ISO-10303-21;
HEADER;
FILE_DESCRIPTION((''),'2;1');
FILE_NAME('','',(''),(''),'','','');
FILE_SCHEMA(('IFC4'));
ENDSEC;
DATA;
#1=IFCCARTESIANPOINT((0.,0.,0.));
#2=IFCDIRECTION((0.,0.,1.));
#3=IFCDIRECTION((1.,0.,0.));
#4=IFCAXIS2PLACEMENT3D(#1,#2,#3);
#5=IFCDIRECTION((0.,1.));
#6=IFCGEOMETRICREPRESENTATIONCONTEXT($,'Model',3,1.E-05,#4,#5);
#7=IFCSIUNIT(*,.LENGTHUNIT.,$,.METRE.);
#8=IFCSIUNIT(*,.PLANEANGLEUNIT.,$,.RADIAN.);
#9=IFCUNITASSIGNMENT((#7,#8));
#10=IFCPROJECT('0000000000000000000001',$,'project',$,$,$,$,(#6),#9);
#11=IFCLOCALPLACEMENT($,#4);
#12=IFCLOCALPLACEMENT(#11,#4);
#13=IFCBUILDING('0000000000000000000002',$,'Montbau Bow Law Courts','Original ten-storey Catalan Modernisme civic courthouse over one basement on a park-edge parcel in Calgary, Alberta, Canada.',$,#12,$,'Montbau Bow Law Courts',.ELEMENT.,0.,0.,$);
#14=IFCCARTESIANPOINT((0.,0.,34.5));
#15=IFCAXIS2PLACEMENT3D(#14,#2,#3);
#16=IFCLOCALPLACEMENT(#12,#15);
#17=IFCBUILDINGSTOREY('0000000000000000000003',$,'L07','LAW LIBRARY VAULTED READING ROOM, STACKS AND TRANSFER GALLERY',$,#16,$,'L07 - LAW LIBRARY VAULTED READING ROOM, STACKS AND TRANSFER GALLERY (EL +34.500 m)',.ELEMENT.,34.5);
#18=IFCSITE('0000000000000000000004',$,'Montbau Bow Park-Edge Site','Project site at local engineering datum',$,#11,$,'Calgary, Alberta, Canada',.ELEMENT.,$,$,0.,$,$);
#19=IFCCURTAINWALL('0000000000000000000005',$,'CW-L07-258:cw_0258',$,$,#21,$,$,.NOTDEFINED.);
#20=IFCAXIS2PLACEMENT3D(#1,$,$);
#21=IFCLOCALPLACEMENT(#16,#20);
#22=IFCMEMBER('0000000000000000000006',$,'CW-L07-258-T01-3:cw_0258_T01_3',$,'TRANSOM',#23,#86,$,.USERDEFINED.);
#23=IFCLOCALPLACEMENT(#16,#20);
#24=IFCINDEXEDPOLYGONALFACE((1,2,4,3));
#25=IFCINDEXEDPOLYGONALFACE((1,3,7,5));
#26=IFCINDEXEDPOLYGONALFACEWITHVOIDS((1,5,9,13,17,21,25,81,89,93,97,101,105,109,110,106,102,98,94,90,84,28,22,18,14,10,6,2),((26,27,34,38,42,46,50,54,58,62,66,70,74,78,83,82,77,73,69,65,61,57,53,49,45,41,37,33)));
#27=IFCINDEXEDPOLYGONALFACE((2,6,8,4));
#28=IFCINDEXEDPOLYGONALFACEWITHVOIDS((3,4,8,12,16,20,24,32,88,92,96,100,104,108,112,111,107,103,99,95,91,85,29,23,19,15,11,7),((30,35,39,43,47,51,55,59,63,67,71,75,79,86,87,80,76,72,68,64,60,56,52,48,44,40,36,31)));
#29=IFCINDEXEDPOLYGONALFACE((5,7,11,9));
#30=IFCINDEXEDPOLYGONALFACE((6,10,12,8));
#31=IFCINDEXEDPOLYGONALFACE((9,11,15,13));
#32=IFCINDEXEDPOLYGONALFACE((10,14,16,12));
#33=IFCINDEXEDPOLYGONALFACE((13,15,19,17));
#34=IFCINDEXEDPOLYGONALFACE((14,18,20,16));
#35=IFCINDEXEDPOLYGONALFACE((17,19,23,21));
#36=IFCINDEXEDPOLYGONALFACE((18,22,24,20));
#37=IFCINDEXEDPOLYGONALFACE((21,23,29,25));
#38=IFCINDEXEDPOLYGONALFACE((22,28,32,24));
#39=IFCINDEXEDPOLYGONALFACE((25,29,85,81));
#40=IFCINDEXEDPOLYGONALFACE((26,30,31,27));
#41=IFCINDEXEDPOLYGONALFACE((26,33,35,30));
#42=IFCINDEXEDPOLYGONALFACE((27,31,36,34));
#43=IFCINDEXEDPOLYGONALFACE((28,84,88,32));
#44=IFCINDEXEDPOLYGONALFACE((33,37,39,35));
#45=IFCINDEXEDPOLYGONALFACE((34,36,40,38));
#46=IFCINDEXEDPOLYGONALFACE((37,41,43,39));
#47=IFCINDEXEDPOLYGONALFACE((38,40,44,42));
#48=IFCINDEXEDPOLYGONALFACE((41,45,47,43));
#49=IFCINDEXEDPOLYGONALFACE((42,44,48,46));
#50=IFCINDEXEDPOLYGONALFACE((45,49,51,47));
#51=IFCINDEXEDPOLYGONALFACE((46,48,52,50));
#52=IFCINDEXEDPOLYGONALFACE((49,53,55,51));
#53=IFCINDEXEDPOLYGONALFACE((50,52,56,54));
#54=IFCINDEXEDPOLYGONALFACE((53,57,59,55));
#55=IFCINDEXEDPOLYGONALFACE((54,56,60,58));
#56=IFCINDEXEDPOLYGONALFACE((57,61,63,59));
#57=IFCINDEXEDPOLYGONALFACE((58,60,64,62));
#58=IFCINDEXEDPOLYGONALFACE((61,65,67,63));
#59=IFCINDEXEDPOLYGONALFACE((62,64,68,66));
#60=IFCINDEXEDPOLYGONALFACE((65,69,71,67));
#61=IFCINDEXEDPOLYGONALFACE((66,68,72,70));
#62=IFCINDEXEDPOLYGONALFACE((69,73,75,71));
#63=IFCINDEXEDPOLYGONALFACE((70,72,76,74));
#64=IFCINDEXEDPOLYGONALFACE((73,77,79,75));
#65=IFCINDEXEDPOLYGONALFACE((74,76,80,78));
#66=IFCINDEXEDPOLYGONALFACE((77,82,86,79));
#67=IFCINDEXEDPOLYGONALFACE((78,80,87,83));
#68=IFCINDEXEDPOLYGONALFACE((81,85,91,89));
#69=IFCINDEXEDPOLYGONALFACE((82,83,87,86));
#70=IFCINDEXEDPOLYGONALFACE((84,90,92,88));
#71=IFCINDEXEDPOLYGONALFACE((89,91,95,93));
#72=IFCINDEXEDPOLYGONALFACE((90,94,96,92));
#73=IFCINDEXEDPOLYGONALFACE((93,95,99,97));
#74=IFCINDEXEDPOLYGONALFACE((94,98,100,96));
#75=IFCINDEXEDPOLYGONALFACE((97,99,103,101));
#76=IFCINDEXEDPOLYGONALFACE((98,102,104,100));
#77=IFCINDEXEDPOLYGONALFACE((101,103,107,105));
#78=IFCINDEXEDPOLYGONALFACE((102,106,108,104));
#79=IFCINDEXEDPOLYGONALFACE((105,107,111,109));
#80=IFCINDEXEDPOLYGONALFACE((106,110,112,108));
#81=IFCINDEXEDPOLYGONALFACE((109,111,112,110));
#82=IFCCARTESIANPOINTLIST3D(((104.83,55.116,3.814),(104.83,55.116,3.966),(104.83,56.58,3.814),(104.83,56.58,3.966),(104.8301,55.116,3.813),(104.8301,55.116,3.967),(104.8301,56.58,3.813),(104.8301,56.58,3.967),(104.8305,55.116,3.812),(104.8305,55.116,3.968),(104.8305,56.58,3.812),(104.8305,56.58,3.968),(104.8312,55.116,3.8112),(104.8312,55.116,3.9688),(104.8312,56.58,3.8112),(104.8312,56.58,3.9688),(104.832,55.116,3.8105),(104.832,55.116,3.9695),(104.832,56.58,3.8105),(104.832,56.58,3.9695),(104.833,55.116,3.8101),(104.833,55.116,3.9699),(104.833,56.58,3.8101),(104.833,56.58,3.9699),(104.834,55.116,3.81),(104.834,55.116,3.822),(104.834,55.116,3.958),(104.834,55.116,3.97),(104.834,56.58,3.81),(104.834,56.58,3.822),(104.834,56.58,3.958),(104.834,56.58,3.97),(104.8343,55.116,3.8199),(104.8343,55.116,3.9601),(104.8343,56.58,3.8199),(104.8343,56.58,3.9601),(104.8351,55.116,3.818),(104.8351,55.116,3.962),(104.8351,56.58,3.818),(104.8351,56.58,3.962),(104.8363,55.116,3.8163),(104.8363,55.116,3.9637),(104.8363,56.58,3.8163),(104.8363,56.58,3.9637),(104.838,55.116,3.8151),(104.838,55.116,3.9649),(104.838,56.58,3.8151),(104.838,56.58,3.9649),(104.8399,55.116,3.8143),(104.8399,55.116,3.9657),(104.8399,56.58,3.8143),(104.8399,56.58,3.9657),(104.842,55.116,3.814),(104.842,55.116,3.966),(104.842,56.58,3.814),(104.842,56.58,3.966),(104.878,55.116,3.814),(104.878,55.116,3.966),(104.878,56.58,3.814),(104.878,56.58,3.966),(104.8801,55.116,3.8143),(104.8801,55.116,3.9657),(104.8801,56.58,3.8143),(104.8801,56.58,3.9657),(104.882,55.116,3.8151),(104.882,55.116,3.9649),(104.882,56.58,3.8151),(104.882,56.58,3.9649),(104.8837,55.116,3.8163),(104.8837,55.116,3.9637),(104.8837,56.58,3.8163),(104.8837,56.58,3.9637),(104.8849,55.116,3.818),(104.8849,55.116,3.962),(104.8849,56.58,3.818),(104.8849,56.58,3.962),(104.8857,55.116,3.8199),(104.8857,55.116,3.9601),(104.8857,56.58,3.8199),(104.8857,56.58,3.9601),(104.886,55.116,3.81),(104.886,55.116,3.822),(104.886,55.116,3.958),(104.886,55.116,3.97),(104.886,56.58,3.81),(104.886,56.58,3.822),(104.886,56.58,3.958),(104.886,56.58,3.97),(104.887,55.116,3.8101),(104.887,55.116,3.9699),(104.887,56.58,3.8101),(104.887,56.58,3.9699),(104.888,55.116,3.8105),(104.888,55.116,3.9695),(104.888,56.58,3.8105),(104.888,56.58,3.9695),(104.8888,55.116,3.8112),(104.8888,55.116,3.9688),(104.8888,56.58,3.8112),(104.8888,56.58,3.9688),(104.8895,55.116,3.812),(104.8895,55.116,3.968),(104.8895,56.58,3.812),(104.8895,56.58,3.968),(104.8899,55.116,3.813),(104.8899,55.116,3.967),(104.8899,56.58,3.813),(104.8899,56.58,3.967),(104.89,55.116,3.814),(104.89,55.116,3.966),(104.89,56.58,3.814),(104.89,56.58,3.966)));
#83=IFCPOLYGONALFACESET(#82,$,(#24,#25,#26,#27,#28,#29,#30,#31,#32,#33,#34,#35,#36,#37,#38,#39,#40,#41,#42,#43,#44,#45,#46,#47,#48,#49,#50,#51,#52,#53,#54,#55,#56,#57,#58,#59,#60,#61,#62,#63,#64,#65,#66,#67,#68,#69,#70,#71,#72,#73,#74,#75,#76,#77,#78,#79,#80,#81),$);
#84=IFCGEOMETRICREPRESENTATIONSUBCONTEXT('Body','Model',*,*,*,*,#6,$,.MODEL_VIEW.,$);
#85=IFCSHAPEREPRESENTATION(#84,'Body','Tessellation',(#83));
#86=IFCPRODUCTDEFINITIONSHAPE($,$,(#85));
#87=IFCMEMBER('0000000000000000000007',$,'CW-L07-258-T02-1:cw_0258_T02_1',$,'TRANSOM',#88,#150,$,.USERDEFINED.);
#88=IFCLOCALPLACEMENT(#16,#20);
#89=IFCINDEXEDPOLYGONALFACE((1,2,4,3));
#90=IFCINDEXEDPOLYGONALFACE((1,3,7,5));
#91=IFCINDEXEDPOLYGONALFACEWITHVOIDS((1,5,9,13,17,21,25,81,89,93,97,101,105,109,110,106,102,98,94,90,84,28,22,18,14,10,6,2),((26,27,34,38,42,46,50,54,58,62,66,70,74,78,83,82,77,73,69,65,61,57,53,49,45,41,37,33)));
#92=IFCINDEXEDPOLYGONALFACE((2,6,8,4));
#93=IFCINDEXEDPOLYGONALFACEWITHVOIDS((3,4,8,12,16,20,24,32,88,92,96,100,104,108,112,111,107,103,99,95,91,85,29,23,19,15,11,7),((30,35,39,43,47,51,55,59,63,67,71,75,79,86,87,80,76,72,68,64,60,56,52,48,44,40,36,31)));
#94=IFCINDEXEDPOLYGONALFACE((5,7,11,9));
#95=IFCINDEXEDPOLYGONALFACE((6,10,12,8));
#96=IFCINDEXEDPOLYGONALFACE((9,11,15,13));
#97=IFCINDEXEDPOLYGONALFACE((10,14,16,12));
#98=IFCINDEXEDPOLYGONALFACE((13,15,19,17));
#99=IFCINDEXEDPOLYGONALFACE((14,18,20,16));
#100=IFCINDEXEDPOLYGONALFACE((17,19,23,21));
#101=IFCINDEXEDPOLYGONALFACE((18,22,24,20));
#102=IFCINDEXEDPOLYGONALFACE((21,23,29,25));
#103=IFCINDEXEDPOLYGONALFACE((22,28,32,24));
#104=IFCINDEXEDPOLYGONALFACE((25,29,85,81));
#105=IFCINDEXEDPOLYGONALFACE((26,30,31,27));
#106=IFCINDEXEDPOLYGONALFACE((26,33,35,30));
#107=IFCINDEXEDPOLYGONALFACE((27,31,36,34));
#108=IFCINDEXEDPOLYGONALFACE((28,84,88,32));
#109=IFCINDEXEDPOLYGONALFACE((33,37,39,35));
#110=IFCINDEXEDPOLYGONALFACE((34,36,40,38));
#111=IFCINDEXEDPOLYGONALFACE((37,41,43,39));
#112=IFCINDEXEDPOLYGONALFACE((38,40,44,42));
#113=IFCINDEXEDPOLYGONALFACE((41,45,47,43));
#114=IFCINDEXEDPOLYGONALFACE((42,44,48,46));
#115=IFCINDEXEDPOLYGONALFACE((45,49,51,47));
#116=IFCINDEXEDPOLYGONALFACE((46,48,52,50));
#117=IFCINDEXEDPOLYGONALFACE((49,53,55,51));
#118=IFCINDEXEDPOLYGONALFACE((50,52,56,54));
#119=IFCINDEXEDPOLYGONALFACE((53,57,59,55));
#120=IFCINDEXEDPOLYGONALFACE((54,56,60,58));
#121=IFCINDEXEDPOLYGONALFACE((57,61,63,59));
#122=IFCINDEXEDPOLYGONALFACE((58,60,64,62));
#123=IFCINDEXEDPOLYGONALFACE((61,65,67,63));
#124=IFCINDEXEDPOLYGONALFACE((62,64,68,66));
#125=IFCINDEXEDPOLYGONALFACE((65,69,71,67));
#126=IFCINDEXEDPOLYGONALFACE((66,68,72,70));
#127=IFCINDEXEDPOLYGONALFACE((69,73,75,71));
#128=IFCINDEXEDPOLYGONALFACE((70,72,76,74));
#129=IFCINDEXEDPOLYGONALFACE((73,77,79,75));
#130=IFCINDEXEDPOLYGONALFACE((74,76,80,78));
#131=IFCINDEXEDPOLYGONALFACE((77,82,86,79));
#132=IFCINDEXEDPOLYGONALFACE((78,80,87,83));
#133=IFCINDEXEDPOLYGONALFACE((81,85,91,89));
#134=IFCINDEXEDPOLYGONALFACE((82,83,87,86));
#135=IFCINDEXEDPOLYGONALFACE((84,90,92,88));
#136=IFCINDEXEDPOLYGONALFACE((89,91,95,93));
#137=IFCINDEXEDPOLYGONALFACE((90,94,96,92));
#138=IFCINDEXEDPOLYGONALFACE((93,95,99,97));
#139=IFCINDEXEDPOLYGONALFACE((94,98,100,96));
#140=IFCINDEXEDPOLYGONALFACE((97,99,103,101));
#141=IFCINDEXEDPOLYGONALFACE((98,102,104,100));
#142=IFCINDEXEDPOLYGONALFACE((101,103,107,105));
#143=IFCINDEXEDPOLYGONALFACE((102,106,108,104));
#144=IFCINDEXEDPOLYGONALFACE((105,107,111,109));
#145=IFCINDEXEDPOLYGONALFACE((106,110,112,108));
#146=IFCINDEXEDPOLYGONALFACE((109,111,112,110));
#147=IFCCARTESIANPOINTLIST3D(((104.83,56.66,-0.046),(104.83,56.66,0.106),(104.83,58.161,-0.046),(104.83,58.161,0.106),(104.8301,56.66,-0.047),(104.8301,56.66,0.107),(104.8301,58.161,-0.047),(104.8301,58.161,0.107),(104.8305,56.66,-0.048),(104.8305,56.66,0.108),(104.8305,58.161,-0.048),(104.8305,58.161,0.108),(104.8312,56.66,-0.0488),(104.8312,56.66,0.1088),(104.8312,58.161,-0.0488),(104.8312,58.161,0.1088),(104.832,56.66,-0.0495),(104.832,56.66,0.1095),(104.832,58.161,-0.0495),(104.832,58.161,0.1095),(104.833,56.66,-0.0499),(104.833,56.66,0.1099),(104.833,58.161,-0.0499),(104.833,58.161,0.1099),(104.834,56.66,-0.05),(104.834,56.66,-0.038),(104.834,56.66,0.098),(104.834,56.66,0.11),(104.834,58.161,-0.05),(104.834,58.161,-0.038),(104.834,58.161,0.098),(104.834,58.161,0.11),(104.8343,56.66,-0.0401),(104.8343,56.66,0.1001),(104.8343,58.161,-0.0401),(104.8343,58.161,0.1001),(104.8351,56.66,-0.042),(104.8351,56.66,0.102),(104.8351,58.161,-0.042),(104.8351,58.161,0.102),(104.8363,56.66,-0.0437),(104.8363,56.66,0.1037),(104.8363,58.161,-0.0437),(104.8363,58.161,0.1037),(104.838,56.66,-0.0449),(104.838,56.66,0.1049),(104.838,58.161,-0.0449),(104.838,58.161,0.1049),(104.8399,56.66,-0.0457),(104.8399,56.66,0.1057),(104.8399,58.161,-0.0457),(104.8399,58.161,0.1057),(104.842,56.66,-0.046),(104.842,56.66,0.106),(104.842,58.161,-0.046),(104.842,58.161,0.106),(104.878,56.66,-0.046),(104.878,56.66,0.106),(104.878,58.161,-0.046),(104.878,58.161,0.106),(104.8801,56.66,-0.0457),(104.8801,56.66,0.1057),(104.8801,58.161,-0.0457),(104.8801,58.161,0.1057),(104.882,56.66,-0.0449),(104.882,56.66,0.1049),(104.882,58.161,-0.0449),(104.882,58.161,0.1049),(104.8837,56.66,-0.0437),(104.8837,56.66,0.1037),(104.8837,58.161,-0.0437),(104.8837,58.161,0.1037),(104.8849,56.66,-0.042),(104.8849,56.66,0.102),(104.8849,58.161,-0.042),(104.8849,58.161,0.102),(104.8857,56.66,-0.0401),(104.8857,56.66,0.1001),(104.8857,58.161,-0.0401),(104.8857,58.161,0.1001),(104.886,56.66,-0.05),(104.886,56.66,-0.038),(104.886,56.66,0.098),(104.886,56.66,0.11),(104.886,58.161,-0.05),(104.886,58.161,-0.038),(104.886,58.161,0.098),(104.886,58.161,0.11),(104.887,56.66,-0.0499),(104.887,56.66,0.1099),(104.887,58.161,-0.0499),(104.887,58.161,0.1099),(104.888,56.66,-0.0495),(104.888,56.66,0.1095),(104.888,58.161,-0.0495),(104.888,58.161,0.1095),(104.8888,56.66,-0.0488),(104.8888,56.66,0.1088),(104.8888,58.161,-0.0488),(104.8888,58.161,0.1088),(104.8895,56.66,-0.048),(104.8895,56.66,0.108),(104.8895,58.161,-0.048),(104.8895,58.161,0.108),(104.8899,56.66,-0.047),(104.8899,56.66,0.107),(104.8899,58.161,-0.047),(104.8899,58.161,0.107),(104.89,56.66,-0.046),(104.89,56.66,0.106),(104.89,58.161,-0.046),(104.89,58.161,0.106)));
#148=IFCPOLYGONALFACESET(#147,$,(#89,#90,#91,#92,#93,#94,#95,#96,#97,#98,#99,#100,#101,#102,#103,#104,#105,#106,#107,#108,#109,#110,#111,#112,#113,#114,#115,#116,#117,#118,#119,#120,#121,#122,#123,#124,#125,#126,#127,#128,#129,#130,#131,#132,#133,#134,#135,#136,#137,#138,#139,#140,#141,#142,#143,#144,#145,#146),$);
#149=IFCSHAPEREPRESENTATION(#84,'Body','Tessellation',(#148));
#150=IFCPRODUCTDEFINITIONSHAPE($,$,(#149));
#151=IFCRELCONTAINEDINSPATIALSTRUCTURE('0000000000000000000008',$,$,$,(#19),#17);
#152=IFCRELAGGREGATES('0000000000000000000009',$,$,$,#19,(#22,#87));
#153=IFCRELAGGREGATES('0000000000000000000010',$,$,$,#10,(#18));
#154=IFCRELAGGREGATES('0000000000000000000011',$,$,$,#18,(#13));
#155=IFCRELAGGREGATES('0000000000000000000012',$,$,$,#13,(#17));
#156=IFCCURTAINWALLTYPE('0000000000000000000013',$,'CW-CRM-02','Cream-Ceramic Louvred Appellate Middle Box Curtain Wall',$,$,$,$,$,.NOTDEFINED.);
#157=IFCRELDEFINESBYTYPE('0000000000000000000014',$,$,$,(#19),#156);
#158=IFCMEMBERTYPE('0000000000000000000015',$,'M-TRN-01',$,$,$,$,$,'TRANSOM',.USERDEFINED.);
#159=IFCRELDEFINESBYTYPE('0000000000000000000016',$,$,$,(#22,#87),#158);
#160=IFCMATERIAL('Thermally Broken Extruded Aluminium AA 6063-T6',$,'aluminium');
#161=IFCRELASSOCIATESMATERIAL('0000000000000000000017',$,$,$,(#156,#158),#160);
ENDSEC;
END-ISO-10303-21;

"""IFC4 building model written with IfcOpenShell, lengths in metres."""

from ifc_helpers import new_model, si_unit, direction, frame, origin_with_axes, origin_2d_with_axis, place, context, subcontext, project, spatial, hollow_rectangle, extrude, material, material_profile, profile_set, type_object, element, aggregate, save


model = new_model("IFC4")

# Units and contexts
model_context = context("Model", 3, precision=1e-05, world=origin_with_axes(), true_north=direction((0.0, 1.0)))
body_context = subcontext(model_context, "Body", "Model", "MODEL_VIEW")
ifc_project = project(units=[si_unit("LENGTHUNIT", "METRE"), si_unit("PLANEANGLEUNIT", "RADIAN")], contexts=[model_context])

# Site, building, storey
site_placement = place(None, origin_with_axes())
site = spatial("IfcSite", under=ifc_project, at=site_placement, Name="Montbau Bow Park-Edge Site", Description="Project site at local engineering datum", LongName="Calgary, Alberta, Canada", CompositionType="ELEMENT", RefElevation=0.0)
building_placement = place(site_placement, origin_with_axes())
building = spatial("IfcBuilding", under=site, at=building_placement, Name="Montbau Bow Law Courts", Description="Original ten-storey Catalan Modernisme civic courthouse over one basement on a park-edge parcel in Calgary, Alberta, Canada.", LongName="Montbau Bow Law Courts", CompositionType="ELEMENT", ElevationOfRefHeight=0.0, ElevationOfTerrain=0.0)
storey_placement = place(building_placement, frame((0.0, 0.0, 34.5), z_axis=(0.0, 0.0, 1.0), x_axis=(1.0, 0.0, 0.0)))
storey = spatial("IfcBuildingStorey", under=building, at=storey_placement, Name="L07", Description="LAW LIBRARY VAULTED READING ROOM, STACKS AND TRANSFER GALLERY", LongName="L07 - LAW LIBRARY VAULTED READING ROOM, STACKS AND TRANSFER GALLERY (EL +34.500 m)", CompositionType="ELEMENT", Elevation=34.5)

# Curtain wall
ifc_material_1 = material(Name="Thermally Broken Extruded Aluminium AA 6063-T6", Category="aluminium")
curtain_wall_type = type_object("IfcCurtainWallType", Name="CW-CRM-02", Description="Cream-Ceramic Louvred Appellate Middle Box Curtain Wall", PredefinedType="NOTDEFINED", material=ifc_material_1)
curtain_wall_1_placement = place(None, frame((104.86, 55.04, 34.5), z_axis=(0.0, 0.0, 1.0), x_axis=(1.0, 0.0, 0.0)))
curtain_wall_1 = element("IfcCurtainWall", 1, at=curtain_wall_1_placement, inside=storey, type_object=curtain_wall_type, Name="CW-L07-258:cw_0258", PredefinedType="NOTDEFINED")

# Members
ifc_material_profile_1 = material_profile(ifc_material_1, hollow_rectangle(XDim=0.06, YDim=0.16, WallThickness=0.004, InnerFilletRadius=0.008, OuterFilletRadius=0.004, at=origin_2d_with_axis()), Name="CWT-160X60", Category="Main", Priority=0)
ifc_profile_set_1 = profile_set([ifc_material_profile_1], Name="Thermally Broken Extruded Aluminium AA 6063-T6")
member_type_1 = type_object("IfcMemberType", Name="M-TRN-01", ElementType="TRANSOM", PredefinedType="USERDEFINED", material=ifc_profile_set_1)
member_1_placement = place(None, frame((104.86, 55.116, 38.39), z_axis=(0.0, 1.0, 0.0), x_axis=(-1.0, 0.0, 0.0)))
member_1 = element("IfcMember", 2, at=member_1_placement, type_object=member_type_1, Name="CW-L07-258-T01-3:cw_0258_T01_3", ObjectType="TRANSOM", PredefinedType="USERDEFINED", context=body_context, shape_type="SweptSolid", body=[
    extrude(hollow_rectangle(XDim=0.06, YDim=0.16, WallThickness=0.004, InnerFilletRadius=0.008, OuterFilletRadius=0.004, at=origin_2d_with_axis()), origin_with_axes(), (0.0, 0.0, 1.0), 1.464),
])
member_2_placement = place(None, frame((104.86, 56.66, 34.53), z_axis=(0.0, 1.0, 0.0), x_axis=(-1.0, 0.0, 0.0)))
member_2 = element("IfcMember", 3, at=member_2_placement, type_object=member_type_1, Name="CW-L07-258-T02-1:cw_0258_T02_1", ObjectType="TRANSOM", PredefinedType="USERDEFINED", context=body_context, shape_type="SweptSolid", body=[
    extrude(hollow_rectangle(XDim=0.06, YDim=0.16, WallThickness=0.004, InnerFilletRadius=0.008, OuterFilletRadius=0.004, at=origin_2d_with_axis()), origin_with_axes(), (0.0, 0.0, 1.0), 1.501),
])

aggregate(curtain_wall_1, [member_1, member_2])

save(model, "model.ifc")
